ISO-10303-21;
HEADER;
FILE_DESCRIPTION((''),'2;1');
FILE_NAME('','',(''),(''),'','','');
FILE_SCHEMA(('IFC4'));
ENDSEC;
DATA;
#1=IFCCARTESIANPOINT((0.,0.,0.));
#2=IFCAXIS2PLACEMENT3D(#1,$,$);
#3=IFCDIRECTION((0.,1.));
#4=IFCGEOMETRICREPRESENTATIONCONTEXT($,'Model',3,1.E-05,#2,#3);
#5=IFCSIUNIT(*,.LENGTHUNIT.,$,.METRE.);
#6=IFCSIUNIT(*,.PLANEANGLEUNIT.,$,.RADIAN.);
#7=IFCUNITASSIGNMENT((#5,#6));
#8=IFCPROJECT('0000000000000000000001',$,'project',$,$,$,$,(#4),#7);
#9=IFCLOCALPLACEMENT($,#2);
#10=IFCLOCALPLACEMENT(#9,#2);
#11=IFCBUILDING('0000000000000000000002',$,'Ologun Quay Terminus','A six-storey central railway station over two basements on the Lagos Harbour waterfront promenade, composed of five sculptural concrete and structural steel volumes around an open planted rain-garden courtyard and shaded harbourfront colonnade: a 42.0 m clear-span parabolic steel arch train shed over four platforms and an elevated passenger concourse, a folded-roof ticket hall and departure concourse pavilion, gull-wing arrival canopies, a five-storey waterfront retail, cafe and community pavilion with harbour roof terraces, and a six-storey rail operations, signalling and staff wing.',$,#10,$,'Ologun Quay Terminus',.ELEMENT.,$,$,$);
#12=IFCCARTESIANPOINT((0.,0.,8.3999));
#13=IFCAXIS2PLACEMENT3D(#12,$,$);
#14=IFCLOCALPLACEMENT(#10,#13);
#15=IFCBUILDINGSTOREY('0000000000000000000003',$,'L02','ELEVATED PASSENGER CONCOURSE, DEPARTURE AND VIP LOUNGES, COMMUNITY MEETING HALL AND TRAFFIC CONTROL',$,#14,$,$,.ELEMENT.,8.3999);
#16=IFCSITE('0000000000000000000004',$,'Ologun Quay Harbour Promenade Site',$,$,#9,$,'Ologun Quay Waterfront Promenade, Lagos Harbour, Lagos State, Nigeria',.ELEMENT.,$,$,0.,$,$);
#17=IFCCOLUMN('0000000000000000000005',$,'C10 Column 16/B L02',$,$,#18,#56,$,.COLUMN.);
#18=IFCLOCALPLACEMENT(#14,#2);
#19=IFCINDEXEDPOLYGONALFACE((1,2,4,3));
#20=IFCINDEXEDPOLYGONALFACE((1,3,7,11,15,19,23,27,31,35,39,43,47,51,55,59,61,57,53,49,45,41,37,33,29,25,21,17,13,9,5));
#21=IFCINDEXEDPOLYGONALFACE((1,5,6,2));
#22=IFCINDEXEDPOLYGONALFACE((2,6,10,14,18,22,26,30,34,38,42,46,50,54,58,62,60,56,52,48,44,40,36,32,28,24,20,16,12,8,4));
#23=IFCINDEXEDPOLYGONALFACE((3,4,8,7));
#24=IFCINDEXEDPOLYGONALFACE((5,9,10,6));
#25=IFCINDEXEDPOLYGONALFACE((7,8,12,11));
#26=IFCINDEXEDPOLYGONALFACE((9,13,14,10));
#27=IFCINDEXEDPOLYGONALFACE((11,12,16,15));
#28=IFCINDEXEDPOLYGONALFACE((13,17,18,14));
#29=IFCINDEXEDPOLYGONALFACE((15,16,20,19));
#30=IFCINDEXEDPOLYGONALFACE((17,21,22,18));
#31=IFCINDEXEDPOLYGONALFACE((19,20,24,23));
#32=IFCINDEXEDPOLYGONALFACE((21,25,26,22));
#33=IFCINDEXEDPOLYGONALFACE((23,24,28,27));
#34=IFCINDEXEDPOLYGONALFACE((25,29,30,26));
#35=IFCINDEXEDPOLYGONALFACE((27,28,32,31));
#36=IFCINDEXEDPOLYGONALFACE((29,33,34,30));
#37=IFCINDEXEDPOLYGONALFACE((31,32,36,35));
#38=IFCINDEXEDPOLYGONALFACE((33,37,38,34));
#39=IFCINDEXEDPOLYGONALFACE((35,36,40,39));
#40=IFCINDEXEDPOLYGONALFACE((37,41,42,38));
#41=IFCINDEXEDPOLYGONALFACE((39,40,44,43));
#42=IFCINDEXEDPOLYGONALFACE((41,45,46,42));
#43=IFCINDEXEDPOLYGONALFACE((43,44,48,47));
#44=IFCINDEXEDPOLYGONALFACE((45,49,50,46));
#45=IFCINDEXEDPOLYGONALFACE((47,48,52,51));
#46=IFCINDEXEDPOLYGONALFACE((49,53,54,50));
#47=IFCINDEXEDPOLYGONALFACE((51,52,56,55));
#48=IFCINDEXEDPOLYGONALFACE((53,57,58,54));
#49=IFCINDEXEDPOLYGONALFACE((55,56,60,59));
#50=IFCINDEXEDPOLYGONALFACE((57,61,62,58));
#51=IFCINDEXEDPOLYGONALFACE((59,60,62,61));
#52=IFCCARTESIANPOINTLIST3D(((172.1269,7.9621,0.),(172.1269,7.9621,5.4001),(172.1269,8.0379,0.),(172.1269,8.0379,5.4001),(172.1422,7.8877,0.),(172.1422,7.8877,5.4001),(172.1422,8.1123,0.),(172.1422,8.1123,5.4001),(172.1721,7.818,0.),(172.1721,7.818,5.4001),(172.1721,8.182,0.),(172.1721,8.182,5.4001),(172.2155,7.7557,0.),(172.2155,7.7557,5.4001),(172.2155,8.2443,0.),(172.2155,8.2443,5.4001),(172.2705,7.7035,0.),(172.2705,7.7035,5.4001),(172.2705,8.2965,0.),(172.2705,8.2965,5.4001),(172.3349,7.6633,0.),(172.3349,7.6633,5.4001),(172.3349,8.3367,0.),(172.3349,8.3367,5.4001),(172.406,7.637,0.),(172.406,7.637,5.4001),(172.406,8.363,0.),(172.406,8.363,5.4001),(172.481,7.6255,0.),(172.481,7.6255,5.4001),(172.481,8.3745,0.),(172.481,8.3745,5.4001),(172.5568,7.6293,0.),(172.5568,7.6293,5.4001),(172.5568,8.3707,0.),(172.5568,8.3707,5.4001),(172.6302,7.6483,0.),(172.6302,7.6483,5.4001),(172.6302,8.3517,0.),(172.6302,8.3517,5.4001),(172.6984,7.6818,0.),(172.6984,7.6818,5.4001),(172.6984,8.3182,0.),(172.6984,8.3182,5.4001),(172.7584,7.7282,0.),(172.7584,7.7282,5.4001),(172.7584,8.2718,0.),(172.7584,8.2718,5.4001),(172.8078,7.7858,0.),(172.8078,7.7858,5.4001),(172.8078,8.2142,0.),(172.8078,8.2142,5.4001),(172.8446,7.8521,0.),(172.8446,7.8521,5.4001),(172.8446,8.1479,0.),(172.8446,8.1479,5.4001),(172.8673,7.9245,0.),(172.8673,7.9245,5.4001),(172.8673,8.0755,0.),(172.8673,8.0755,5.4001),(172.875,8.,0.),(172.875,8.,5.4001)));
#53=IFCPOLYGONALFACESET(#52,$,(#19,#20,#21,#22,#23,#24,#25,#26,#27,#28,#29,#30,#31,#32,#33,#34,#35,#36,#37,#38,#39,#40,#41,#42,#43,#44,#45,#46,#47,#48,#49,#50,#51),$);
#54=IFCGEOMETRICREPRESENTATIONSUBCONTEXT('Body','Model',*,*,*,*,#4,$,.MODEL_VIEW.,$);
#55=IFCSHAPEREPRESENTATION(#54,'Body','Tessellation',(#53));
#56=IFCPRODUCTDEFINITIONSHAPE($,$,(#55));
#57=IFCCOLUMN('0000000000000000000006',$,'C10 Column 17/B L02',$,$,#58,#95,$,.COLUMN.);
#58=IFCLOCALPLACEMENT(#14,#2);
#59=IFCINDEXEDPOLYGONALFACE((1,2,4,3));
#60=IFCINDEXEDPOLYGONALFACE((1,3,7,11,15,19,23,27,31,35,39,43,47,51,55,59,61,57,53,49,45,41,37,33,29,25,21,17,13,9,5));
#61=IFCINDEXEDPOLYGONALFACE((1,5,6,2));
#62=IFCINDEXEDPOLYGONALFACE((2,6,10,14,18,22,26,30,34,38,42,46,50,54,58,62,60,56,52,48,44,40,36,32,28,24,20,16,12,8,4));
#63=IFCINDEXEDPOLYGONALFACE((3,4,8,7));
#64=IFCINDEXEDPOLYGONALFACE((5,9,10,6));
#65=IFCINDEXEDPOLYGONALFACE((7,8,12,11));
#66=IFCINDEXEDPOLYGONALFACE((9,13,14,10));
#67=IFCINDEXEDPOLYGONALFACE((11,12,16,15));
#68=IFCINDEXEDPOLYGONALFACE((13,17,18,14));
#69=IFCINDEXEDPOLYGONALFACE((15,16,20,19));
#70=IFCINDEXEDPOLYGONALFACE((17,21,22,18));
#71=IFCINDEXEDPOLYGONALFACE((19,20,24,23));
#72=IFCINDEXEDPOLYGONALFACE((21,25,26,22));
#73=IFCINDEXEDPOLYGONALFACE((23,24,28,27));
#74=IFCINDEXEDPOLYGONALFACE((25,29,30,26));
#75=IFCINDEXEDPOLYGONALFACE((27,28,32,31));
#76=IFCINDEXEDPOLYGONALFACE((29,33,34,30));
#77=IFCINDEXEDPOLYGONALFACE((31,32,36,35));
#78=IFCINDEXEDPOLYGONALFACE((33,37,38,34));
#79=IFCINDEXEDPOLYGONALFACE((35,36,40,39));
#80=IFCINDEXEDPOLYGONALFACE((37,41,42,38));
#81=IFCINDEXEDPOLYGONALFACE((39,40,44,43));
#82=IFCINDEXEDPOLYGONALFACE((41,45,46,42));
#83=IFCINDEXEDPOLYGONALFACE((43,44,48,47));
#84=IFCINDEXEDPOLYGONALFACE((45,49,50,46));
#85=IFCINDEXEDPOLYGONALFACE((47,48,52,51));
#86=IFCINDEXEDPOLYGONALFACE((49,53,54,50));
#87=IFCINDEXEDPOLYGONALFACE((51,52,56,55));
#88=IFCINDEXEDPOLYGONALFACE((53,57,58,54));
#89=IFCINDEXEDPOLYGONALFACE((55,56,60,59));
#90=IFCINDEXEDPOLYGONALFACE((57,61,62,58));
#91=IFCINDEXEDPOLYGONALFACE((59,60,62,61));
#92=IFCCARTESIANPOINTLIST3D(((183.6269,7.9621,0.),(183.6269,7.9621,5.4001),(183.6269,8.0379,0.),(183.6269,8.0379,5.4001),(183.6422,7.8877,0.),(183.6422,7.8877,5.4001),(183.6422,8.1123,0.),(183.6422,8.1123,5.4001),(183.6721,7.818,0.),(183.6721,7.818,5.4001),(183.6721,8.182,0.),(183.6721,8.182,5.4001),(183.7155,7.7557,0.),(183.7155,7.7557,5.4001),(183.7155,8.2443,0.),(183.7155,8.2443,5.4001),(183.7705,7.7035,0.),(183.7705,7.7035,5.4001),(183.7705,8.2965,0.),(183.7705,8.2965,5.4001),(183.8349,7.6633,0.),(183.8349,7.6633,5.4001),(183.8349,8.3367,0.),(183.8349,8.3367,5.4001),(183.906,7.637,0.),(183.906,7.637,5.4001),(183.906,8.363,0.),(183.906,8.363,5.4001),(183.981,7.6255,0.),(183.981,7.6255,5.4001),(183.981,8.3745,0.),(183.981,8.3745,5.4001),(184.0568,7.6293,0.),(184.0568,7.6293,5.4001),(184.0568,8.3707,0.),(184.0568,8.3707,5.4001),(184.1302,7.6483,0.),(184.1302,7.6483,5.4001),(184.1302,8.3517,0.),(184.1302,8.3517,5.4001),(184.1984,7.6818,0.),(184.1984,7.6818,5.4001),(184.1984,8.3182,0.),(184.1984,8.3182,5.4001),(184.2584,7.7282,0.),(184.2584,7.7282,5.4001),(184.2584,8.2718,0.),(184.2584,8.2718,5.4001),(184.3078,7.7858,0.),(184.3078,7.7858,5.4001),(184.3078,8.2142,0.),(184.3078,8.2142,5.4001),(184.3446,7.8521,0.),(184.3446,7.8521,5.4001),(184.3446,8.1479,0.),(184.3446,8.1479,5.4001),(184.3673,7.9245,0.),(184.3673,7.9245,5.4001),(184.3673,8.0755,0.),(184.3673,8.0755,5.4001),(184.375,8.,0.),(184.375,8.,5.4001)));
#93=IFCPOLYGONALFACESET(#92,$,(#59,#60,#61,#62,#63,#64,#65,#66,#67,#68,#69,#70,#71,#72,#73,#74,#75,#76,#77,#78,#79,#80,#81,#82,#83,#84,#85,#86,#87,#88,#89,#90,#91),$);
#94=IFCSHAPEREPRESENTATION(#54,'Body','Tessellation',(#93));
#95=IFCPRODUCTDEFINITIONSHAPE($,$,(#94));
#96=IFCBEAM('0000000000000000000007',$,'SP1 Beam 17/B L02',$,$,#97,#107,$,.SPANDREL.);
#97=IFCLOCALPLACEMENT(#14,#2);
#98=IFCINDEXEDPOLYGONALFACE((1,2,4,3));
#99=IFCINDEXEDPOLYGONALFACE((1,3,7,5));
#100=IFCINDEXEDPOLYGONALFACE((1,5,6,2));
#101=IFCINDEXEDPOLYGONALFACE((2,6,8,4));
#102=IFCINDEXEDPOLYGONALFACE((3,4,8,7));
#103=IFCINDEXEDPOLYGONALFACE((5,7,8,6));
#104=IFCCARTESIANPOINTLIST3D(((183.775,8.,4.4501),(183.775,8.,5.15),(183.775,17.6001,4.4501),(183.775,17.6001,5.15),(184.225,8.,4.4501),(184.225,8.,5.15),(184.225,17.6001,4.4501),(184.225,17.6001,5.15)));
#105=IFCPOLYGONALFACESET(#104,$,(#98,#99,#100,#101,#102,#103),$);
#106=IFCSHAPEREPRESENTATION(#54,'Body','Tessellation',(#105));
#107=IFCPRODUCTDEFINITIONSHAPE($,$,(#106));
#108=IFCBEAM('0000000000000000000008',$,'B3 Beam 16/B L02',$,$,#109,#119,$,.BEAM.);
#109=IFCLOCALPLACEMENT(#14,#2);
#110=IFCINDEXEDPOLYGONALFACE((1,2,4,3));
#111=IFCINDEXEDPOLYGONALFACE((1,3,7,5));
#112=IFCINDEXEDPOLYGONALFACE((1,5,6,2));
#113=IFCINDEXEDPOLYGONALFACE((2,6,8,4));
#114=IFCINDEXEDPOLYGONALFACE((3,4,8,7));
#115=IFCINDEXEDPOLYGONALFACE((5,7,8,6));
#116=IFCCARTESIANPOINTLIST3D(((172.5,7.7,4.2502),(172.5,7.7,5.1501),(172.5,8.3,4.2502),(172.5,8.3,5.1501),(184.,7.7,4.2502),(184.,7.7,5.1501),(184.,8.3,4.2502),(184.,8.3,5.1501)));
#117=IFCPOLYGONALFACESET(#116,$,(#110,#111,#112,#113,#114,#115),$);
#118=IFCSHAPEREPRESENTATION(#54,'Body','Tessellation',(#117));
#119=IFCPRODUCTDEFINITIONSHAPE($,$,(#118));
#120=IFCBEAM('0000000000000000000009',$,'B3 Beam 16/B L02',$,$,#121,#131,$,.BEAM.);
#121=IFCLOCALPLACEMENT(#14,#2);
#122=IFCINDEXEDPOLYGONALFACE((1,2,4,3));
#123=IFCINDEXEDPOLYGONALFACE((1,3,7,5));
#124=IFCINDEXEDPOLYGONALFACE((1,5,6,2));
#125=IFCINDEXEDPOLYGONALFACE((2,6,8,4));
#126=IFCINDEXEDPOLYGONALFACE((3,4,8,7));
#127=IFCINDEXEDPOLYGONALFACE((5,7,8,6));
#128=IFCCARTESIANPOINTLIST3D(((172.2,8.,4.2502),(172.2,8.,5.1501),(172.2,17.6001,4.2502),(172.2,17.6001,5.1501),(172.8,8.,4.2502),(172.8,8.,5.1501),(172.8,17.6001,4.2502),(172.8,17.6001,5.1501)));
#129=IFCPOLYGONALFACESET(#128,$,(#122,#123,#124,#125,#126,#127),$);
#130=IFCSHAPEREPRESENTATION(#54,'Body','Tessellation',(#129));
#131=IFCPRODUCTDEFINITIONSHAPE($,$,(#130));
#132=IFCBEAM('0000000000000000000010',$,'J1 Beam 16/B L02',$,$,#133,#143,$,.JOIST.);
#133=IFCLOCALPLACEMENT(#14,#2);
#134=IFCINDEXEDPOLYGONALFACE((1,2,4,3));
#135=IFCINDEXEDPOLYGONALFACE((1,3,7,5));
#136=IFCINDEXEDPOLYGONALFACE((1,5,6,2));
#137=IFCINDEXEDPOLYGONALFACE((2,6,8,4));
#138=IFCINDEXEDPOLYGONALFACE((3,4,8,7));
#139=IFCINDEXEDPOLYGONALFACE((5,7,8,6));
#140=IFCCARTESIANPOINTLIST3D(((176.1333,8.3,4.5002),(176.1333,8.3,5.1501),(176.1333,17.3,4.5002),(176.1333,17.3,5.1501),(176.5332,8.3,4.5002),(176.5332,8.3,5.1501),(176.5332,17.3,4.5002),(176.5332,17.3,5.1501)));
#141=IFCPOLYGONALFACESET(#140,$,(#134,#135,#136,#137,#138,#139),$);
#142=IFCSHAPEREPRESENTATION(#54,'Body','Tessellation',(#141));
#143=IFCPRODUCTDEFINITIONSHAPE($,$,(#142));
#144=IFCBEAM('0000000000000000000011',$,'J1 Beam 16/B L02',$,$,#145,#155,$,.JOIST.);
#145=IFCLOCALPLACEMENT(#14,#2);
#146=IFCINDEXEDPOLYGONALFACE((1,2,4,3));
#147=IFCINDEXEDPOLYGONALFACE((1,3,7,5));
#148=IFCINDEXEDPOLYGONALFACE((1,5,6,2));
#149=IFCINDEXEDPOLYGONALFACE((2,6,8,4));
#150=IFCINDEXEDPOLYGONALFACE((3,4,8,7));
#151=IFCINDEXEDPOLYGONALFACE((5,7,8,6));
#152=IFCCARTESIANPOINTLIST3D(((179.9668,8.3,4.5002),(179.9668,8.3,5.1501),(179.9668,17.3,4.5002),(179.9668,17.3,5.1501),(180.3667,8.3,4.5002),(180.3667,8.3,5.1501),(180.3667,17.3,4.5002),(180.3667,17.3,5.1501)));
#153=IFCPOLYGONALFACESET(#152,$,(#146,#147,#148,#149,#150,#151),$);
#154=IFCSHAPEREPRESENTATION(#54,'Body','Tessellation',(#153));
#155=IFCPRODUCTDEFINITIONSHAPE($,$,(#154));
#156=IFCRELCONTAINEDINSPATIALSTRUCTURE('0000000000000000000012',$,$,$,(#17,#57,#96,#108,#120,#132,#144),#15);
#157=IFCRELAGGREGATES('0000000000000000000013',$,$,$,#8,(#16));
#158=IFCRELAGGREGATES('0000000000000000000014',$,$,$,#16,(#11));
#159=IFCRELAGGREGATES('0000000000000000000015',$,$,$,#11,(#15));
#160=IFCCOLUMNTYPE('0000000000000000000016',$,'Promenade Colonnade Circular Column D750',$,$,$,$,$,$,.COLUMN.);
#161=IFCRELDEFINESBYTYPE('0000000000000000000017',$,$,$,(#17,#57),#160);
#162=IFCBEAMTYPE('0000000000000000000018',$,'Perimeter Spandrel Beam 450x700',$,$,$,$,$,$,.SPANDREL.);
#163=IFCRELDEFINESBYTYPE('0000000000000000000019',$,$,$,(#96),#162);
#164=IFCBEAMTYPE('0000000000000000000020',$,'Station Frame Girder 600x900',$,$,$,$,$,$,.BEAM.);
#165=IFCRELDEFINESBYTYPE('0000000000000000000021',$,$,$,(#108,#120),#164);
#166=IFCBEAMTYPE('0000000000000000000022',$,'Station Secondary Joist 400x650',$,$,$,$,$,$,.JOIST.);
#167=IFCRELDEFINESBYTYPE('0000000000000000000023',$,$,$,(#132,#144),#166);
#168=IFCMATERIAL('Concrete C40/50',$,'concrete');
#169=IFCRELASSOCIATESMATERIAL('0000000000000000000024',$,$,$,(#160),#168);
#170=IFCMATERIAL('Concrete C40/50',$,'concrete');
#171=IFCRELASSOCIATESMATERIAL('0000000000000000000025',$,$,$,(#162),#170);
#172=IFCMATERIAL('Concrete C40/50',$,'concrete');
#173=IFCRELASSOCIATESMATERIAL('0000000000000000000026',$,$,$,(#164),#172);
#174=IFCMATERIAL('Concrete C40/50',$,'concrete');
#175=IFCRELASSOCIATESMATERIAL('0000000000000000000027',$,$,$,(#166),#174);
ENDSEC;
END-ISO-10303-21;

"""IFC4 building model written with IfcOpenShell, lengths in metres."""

from ifc_helpers import new_model, si_unit, direction, frame, origin, origin_2d, place, context, subcontext, project, spatial, rectangle, circle, extrude, material, material_profile, profile_set, type_object, element, save


model = new_model("IFC4")

# Units and contexts
model_context = context("Model", 3, precision=1e-05, world=origin(), true_north=direction((0.0, 1.0)))
body_context = subcontext(model_context, "Body", "Model", "MODEL_VIEW")
ifc_project = project(units=[si_unit("LENGTHUNIT", "METRE"), si_unit("PLANEANGLEUNIT", "RADIAN")], contexts=[model_context])

# Site, building, storey
site_placement = place(None, origin())
site = spatial("IfcSite", under=ifc_project, at=site_placement, Name="Ologun Quay Harbour Promenade Site", LongName="Ologun Quay Waterfront Promenade, Lagos Harbour, Lagos State, Nigeria", CompositionType="ELEMENT", RefElevation=0.0)
building_placement = place(site_placement, origin())
building = spatial("IfcBuilding", under=site, at=building_placement, Name="Ologun Quay Terminus", Description="A six-storey central railway station over two basements on the Lagos Harbour waterfront promenade, composed of five sculptural concrete and structural steel volumes around an open planted rain-garden courtyard and shaded harbourfront colonnade: a 42.0 m clear-span parabolic steel arch train shed over four platforms and an elevated passenger concourse, a folded-roof ticket hall and departure concourse pavilion, gull-wing arrival canopies, a five-storey waterfront retail, cafe and community pavilion with harbour roof terraces, and a six-storey rail operations, signalling and staff wing.", LongName="Ologun Quay Terminus", CompositionType="ELEMENT")
storey_placement = place(building_placement, frame((0.0, 0.0, 8.3999)))
storey = spatial("IfcBuildingStorey", under=building, at=storey_placement, Name="L02", Description="ELEVATED PASSENGER CONCOURSE, DEPARTURE AND VIP LOUNGES, COMMUNITY MEETING HALL AND TRAFFIC CONTROL", CompositionType="ELEMENT", Elevation=8.3999)

# Columns
ifc_material_1 = material(Name="Concrete C40/50", Category="concrete")
ifc_material_profile_1 = material_profile(ifc_material_1, circle(Radius=0.375, at=origin_2d()), Name="RC D750")
ifc_profile_set_1 = profile_set([ifc_material_profile_1], Name="Concrete C40/50")
column_type = type_object("IfcColumnType", Name="Promenade Colonnade Circular Column D750", PredefinedType="COLUMN", material=ifc_profile_set_1)
for number, where, z_axis, x_axis, name in (
    (1, (172.5, 8.0, 0.0), (0.0, 0.0, 1.0), (1.0, 0.0, 0.0), "C10 Column 16/B L02"),
    (2, (184.0, 8.0, 0.0), (0.0, 0.0, 1.0), (1.0, 0.0, 0.0), "C10 Column 17/B L02"),
):
    element("IfcColumn", number, at=place(storey_placement, frame(where, z_axis=z_axis, x_axis=x_axis)), inside=storey, type_object=column_type, Name=name, PredefinedType="COLUMN", context=body_context, shape_type="SweptSolid", body=[
        extrude(circle(Radius=0.375, at=origin_2d()), origin(), (0.0, 0.0, 1.0), 5.4001),
    ])

# Beams
ifc_material_2 = material(Name="Concrete C40/50", Category="concrete")
ifc_material_profile_2 = material_profile(ifc_material_2, rectangle(XDim=0.45, YDim=0.7, at=origin_2d()), Name="RC 450x700")
ifc_profile_set_2 = profile_set([ifc_material_profile_2], Name="Concrete C40/50")
beam_type_1 = type_object("IfcBeamType", Name="Perimeter Spandrel Beam 450x700", PredefinedType="SPANDREL", material=ifc_profile_set_2)
beam_1_placement = place(storey_placement, frame((184.0, 8.0, 4.8), z_axis=(0.0, 1.0, 0.0), x_axis=(-1.0, 0.0, 0.0)))
element("IfcBeam", 3, at=beam_1_placement, inside=storey, type_object=beam_type_1, Name="SP1 Beam 17/B L02", PredefinedType="SPANDREL", context=body_context, shape_type="SweptSolid", body=[
    extrude(rectangle(XDim=0.45, YDim=0.7, at=origin_2d()), origin(), (0.0, 0.0, 1.0), 9.6001),
])
ifc_material_3 = material(Name="Concrete C40/50", Category="concrete")
ifc_material_profile_3 = material_profile(ifc_material_3, rectangle(XDim=0.6001, YDim=0.8999, at=origin_2d()), Name="RC 600x900")
ifc_profile_set_3 = profile_set([ifc_material_profile_3], Name="Concrete C40/50")
beam_type_2 = type_object("IfcBeamType", Name="Station Frame Girder 600x900", PredefinedType="BEAM", material=ifc_profile_set_3)
beam_2_placement = place(storey_placement, frame((172.5, 8.0, 4.7002), z_axis=(1.0, 0.0, 0.0), x_axis=(0.0, 1.0, 0.0)))
element("IfcBeam", 4, at=beam_2_placement, inside=storey, type_object=beam_type_2, Name="B3 Beam 16/B L02", PredefinedType="BEAM", context=body_context, shape_type="SweptSolid", body=[
    extrude(rectangle(XDim=0.6001, YDim=0.8999, at=origin_2d()), origin(), (0.0, 0.0, 1.0), 11.5),
])
beam_3_placement = place(storey_placement, frame((172.5, 8.0, 4.7002), z_axis=(0.0, 1.0, 0.0), x_axis=(-1.0, 0.0, 0.0)))
element("IfcBeam", 5, at=beam_3_placement, inside=storey, type_object=beam_type_2, Name="B3 Beam 16/B L02", PredefinedType="BEAM", context=body_context, shape_type="SweptSolid", body=[
    extrude(rectangle(XDim=0.6001, YDim=0.8999, at=origin_2d()), origin(), (0.0, 0.0, 1.0), 9.6001),
])
ifc_material_4 = material(Name="Concrete C40/50", Category="concrete")
ifc_material_profile_4 = material_profile(ifc_material_4, rectangle(XDim=0.3999, YDim=0.6499, at=origin_2d()), Name="RC 400x650")
ifc_profile_set_4 = profile_set([ifc_material_profile_4], Name="Concrete C40/50")
beam_type_3 = type_object("IfcBeamType", Name="Station Secondary Joist 400x650", PredefinedType="JOIST", material=ifc_profile_set_4)
for number, where, z_axis, x_axis, name in (
    (6, (176.3333, 8.3, 4.8252), (0.0, 1.0, 0.0), (-1.0, 0.0, 0.0), "J1 Beam 16/B L02"),
    (7, (180.1667, 8.3, 4.8252), (0.0, 1.0, 0.0), (-1.0, 0.0, 0.0), "J1 Beam 16/B L02"),
):
    element("IfcBeam", number, at=place(storey_placement, frame(where, z_axis=z_axis, x_axis=x_axis)), inside=storey, type_object=beam_type_3, Name=name, PredefinedType="JOIST", context=body_context, shape_type="SweptSolid", body=[
        extrude(rectangle(XDim=0.3999, YDim=0.6499, at=origin_2d()), origin(), (0.0, 0.0, 1.0), 9.0),
    ])

save(model, "model.ifc")
